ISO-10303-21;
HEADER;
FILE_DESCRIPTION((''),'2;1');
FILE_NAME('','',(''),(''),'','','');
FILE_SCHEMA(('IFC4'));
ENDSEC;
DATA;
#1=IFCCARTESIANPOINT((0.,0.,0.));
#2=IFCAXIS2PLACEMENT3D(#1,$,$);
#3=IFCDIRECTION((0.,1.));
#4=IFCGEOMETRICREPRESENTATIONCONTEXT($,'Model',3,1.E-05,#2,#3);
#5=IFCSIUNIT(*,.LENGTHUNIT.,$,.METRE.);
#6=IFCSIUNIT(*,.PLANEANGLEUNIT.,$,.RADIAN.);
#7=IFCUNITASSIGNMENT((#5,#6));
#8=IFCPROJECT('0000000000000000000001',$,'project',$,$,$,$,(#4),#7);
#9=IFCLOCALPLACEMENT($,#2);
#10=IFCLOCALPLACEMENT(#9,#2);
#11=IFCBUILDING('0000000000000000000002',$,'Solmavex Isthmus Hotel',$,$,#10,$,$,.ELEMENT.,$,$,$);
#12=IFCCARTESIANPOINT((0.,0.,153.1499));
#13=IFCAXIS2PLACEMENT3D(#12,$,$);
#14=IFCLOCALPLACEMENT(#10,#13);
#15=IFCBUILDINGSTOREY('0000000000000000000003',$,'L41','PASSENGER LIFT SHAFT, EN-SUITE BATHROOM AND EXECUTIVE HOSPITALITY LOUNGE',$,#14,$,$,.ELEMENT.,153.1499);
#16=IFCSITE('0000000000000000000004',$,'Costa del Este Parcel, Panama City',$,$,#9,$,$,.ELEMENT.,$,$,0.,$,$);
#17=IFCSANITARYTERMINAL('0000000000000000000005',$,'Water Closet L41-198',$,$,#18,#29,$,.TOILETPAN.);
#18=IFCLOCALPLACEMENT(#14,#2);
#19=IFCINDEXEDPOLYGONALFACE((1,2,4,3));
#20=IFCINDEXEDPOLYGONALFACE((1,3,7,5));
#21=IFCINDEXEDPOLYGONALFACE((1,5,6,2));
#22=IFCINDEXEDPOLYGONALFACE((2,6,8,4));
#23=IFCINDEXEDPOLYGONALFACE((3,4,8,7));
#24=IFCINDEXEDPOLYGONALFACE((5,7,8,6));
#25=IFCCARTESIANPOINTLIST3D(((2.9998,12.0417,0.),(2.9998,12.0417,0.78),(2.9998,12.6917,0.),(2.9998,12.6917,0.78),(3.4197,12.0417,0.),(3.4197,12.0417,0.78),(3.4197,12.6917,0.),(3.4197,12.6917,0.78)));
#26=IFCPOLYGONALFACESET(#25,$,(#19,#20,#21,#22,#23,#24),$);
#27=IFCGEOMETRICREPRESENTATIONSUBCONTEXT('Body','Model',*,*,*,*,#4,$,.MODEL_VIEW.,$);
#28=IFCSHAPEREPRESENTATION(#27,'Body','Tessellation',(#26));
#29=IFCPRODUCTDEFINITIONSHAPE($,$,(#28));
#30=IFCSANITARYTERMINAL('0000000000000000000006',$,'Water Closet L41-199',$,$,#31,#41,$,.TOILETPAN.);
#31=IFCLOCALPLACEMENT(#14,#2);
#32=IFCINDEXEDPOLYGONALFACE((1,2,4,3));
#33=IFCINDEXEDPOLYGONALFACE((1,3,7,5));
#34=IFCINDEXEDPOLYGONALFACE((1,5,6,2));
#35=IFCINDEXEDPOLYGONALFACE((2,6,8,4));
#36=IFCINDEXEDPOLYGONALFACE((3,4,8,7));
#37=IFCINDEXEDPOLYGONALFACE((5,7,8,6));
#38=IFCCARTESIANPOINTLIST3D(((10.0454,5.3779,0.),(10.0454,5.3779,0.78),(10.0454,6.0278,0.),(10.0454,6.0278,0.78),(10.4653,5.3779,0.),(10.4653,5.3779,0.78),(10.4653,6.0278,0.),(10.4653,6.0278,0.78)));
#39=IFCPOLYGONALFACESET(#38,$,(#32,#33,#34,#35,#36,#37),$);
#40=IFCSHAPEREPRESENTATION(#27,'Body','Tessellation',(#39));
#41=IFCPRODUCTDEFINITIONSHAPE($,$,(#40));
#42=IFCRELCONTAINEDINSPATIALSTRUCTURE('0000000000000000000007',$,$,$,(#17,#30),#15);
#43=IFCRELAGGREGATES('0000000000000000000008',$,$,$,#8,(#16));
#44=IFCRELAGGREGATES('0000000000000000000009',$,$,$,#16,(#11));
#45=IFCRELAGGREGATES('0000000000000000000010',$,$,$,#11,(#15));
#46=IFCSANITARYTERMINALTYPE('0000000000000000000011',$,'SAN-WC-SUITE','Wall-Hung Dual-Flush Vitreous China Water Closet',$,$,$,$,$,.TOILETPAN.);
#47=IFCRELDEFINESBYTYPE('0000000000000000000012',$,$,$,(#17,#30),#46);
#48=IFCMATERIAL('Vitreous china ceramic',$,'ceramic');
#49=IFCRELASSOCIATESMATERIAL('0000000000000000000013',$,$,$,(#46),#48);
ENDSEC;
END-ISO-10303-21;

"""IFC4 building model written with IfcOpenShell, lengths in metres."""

from ifc_helpers import new_model, si_unit, direction, frame, origin, origin_2d, place, context, subcontext, project, spatial, rectangle, extrude, material, type_object, element, save


model = new_model("IFC4")

# Units and contexts
model_context = context("Model", 3, precision=1e-05, world=origin(), true_north=direction((0.0, 1.0)))
body_context = subcontext(model_context, "Body", "Model", "MODEL_VIEW")
ifc_project = project(units=[si_unit("LENGTHUNIT", "METRE"), si_unit("PLANEANGLEUNIT", "RADIAN")], contexts=[model_context])

# Site, building, storey
site_placement = place(None, origin())
site = spatial("IfcSite", under=ifc_project, at=site_placement, Name="Costa del Este Parcel, Panama City", CompositionType="ELEMENT", RefElevation=0.0)
building_placement = place(site_placement, origin())
building = spatial("IfcBuilding", under=site, at=building_placement, Name="Solmavex Isthmus Hotel", CompositionType="ELEMENT")
storey_placement = place(building_placement, frame((0.0, 0.0, 153.1499)))
storey = spatial("IfcBuildingStorey", under=building, at=storey_placement, Name="L41", Description="PASSENGER LIFT SHAFT, EN-SUITE BATHROOM AND EXECUTIVE HOSPITALITY LOUNGE", CompositionType="ELEMENT", Elevation=153.1499)

# Sanitary terminals
ifc_material_1 = material(Name="Vitreous china ceramic", Category="ceramic")
sanitary_terminal_type_1 = type_object("IfcSanitaryTerminalType", Name="SAN-WC-SUITE", Description="Wall-Hung Dual-Flush Vitreous China Water Closet", PredefinedType="TOILETPAN", material=ifc_material_1)
for number, where, z_axis, x_axis, name in (
    (1, (3.2097, 12.3667, 0.0), (0.0, 0.0, 1.0), (1.0, 0.0, 0.0), "Water Closet L41-198"),
    (2, (10.2554, 5.7029, 0.0), (0.0, 0.0, 1.0), (1.0, 0.0, 0.0), "Water Closet L41-199"),
):
    element("IfcSanitaryTerminal", number, at=place(storey_placement, frame(where, z_axis=z_axis, x_axis=x_axis)), inside=storey, type_object=sanitary_terminal_type_1, Name=name, PredefinedType="TOILETPAN", context=body_context, shape_type="SweptSolid", body=[
        extrude(rectangle(XDim=0.4199, YDim=0.6499, at=origin_2d()), origin(), (0.0, 0.0, 1.0), 0.78),
    ])

save(model, "model.ifc")
